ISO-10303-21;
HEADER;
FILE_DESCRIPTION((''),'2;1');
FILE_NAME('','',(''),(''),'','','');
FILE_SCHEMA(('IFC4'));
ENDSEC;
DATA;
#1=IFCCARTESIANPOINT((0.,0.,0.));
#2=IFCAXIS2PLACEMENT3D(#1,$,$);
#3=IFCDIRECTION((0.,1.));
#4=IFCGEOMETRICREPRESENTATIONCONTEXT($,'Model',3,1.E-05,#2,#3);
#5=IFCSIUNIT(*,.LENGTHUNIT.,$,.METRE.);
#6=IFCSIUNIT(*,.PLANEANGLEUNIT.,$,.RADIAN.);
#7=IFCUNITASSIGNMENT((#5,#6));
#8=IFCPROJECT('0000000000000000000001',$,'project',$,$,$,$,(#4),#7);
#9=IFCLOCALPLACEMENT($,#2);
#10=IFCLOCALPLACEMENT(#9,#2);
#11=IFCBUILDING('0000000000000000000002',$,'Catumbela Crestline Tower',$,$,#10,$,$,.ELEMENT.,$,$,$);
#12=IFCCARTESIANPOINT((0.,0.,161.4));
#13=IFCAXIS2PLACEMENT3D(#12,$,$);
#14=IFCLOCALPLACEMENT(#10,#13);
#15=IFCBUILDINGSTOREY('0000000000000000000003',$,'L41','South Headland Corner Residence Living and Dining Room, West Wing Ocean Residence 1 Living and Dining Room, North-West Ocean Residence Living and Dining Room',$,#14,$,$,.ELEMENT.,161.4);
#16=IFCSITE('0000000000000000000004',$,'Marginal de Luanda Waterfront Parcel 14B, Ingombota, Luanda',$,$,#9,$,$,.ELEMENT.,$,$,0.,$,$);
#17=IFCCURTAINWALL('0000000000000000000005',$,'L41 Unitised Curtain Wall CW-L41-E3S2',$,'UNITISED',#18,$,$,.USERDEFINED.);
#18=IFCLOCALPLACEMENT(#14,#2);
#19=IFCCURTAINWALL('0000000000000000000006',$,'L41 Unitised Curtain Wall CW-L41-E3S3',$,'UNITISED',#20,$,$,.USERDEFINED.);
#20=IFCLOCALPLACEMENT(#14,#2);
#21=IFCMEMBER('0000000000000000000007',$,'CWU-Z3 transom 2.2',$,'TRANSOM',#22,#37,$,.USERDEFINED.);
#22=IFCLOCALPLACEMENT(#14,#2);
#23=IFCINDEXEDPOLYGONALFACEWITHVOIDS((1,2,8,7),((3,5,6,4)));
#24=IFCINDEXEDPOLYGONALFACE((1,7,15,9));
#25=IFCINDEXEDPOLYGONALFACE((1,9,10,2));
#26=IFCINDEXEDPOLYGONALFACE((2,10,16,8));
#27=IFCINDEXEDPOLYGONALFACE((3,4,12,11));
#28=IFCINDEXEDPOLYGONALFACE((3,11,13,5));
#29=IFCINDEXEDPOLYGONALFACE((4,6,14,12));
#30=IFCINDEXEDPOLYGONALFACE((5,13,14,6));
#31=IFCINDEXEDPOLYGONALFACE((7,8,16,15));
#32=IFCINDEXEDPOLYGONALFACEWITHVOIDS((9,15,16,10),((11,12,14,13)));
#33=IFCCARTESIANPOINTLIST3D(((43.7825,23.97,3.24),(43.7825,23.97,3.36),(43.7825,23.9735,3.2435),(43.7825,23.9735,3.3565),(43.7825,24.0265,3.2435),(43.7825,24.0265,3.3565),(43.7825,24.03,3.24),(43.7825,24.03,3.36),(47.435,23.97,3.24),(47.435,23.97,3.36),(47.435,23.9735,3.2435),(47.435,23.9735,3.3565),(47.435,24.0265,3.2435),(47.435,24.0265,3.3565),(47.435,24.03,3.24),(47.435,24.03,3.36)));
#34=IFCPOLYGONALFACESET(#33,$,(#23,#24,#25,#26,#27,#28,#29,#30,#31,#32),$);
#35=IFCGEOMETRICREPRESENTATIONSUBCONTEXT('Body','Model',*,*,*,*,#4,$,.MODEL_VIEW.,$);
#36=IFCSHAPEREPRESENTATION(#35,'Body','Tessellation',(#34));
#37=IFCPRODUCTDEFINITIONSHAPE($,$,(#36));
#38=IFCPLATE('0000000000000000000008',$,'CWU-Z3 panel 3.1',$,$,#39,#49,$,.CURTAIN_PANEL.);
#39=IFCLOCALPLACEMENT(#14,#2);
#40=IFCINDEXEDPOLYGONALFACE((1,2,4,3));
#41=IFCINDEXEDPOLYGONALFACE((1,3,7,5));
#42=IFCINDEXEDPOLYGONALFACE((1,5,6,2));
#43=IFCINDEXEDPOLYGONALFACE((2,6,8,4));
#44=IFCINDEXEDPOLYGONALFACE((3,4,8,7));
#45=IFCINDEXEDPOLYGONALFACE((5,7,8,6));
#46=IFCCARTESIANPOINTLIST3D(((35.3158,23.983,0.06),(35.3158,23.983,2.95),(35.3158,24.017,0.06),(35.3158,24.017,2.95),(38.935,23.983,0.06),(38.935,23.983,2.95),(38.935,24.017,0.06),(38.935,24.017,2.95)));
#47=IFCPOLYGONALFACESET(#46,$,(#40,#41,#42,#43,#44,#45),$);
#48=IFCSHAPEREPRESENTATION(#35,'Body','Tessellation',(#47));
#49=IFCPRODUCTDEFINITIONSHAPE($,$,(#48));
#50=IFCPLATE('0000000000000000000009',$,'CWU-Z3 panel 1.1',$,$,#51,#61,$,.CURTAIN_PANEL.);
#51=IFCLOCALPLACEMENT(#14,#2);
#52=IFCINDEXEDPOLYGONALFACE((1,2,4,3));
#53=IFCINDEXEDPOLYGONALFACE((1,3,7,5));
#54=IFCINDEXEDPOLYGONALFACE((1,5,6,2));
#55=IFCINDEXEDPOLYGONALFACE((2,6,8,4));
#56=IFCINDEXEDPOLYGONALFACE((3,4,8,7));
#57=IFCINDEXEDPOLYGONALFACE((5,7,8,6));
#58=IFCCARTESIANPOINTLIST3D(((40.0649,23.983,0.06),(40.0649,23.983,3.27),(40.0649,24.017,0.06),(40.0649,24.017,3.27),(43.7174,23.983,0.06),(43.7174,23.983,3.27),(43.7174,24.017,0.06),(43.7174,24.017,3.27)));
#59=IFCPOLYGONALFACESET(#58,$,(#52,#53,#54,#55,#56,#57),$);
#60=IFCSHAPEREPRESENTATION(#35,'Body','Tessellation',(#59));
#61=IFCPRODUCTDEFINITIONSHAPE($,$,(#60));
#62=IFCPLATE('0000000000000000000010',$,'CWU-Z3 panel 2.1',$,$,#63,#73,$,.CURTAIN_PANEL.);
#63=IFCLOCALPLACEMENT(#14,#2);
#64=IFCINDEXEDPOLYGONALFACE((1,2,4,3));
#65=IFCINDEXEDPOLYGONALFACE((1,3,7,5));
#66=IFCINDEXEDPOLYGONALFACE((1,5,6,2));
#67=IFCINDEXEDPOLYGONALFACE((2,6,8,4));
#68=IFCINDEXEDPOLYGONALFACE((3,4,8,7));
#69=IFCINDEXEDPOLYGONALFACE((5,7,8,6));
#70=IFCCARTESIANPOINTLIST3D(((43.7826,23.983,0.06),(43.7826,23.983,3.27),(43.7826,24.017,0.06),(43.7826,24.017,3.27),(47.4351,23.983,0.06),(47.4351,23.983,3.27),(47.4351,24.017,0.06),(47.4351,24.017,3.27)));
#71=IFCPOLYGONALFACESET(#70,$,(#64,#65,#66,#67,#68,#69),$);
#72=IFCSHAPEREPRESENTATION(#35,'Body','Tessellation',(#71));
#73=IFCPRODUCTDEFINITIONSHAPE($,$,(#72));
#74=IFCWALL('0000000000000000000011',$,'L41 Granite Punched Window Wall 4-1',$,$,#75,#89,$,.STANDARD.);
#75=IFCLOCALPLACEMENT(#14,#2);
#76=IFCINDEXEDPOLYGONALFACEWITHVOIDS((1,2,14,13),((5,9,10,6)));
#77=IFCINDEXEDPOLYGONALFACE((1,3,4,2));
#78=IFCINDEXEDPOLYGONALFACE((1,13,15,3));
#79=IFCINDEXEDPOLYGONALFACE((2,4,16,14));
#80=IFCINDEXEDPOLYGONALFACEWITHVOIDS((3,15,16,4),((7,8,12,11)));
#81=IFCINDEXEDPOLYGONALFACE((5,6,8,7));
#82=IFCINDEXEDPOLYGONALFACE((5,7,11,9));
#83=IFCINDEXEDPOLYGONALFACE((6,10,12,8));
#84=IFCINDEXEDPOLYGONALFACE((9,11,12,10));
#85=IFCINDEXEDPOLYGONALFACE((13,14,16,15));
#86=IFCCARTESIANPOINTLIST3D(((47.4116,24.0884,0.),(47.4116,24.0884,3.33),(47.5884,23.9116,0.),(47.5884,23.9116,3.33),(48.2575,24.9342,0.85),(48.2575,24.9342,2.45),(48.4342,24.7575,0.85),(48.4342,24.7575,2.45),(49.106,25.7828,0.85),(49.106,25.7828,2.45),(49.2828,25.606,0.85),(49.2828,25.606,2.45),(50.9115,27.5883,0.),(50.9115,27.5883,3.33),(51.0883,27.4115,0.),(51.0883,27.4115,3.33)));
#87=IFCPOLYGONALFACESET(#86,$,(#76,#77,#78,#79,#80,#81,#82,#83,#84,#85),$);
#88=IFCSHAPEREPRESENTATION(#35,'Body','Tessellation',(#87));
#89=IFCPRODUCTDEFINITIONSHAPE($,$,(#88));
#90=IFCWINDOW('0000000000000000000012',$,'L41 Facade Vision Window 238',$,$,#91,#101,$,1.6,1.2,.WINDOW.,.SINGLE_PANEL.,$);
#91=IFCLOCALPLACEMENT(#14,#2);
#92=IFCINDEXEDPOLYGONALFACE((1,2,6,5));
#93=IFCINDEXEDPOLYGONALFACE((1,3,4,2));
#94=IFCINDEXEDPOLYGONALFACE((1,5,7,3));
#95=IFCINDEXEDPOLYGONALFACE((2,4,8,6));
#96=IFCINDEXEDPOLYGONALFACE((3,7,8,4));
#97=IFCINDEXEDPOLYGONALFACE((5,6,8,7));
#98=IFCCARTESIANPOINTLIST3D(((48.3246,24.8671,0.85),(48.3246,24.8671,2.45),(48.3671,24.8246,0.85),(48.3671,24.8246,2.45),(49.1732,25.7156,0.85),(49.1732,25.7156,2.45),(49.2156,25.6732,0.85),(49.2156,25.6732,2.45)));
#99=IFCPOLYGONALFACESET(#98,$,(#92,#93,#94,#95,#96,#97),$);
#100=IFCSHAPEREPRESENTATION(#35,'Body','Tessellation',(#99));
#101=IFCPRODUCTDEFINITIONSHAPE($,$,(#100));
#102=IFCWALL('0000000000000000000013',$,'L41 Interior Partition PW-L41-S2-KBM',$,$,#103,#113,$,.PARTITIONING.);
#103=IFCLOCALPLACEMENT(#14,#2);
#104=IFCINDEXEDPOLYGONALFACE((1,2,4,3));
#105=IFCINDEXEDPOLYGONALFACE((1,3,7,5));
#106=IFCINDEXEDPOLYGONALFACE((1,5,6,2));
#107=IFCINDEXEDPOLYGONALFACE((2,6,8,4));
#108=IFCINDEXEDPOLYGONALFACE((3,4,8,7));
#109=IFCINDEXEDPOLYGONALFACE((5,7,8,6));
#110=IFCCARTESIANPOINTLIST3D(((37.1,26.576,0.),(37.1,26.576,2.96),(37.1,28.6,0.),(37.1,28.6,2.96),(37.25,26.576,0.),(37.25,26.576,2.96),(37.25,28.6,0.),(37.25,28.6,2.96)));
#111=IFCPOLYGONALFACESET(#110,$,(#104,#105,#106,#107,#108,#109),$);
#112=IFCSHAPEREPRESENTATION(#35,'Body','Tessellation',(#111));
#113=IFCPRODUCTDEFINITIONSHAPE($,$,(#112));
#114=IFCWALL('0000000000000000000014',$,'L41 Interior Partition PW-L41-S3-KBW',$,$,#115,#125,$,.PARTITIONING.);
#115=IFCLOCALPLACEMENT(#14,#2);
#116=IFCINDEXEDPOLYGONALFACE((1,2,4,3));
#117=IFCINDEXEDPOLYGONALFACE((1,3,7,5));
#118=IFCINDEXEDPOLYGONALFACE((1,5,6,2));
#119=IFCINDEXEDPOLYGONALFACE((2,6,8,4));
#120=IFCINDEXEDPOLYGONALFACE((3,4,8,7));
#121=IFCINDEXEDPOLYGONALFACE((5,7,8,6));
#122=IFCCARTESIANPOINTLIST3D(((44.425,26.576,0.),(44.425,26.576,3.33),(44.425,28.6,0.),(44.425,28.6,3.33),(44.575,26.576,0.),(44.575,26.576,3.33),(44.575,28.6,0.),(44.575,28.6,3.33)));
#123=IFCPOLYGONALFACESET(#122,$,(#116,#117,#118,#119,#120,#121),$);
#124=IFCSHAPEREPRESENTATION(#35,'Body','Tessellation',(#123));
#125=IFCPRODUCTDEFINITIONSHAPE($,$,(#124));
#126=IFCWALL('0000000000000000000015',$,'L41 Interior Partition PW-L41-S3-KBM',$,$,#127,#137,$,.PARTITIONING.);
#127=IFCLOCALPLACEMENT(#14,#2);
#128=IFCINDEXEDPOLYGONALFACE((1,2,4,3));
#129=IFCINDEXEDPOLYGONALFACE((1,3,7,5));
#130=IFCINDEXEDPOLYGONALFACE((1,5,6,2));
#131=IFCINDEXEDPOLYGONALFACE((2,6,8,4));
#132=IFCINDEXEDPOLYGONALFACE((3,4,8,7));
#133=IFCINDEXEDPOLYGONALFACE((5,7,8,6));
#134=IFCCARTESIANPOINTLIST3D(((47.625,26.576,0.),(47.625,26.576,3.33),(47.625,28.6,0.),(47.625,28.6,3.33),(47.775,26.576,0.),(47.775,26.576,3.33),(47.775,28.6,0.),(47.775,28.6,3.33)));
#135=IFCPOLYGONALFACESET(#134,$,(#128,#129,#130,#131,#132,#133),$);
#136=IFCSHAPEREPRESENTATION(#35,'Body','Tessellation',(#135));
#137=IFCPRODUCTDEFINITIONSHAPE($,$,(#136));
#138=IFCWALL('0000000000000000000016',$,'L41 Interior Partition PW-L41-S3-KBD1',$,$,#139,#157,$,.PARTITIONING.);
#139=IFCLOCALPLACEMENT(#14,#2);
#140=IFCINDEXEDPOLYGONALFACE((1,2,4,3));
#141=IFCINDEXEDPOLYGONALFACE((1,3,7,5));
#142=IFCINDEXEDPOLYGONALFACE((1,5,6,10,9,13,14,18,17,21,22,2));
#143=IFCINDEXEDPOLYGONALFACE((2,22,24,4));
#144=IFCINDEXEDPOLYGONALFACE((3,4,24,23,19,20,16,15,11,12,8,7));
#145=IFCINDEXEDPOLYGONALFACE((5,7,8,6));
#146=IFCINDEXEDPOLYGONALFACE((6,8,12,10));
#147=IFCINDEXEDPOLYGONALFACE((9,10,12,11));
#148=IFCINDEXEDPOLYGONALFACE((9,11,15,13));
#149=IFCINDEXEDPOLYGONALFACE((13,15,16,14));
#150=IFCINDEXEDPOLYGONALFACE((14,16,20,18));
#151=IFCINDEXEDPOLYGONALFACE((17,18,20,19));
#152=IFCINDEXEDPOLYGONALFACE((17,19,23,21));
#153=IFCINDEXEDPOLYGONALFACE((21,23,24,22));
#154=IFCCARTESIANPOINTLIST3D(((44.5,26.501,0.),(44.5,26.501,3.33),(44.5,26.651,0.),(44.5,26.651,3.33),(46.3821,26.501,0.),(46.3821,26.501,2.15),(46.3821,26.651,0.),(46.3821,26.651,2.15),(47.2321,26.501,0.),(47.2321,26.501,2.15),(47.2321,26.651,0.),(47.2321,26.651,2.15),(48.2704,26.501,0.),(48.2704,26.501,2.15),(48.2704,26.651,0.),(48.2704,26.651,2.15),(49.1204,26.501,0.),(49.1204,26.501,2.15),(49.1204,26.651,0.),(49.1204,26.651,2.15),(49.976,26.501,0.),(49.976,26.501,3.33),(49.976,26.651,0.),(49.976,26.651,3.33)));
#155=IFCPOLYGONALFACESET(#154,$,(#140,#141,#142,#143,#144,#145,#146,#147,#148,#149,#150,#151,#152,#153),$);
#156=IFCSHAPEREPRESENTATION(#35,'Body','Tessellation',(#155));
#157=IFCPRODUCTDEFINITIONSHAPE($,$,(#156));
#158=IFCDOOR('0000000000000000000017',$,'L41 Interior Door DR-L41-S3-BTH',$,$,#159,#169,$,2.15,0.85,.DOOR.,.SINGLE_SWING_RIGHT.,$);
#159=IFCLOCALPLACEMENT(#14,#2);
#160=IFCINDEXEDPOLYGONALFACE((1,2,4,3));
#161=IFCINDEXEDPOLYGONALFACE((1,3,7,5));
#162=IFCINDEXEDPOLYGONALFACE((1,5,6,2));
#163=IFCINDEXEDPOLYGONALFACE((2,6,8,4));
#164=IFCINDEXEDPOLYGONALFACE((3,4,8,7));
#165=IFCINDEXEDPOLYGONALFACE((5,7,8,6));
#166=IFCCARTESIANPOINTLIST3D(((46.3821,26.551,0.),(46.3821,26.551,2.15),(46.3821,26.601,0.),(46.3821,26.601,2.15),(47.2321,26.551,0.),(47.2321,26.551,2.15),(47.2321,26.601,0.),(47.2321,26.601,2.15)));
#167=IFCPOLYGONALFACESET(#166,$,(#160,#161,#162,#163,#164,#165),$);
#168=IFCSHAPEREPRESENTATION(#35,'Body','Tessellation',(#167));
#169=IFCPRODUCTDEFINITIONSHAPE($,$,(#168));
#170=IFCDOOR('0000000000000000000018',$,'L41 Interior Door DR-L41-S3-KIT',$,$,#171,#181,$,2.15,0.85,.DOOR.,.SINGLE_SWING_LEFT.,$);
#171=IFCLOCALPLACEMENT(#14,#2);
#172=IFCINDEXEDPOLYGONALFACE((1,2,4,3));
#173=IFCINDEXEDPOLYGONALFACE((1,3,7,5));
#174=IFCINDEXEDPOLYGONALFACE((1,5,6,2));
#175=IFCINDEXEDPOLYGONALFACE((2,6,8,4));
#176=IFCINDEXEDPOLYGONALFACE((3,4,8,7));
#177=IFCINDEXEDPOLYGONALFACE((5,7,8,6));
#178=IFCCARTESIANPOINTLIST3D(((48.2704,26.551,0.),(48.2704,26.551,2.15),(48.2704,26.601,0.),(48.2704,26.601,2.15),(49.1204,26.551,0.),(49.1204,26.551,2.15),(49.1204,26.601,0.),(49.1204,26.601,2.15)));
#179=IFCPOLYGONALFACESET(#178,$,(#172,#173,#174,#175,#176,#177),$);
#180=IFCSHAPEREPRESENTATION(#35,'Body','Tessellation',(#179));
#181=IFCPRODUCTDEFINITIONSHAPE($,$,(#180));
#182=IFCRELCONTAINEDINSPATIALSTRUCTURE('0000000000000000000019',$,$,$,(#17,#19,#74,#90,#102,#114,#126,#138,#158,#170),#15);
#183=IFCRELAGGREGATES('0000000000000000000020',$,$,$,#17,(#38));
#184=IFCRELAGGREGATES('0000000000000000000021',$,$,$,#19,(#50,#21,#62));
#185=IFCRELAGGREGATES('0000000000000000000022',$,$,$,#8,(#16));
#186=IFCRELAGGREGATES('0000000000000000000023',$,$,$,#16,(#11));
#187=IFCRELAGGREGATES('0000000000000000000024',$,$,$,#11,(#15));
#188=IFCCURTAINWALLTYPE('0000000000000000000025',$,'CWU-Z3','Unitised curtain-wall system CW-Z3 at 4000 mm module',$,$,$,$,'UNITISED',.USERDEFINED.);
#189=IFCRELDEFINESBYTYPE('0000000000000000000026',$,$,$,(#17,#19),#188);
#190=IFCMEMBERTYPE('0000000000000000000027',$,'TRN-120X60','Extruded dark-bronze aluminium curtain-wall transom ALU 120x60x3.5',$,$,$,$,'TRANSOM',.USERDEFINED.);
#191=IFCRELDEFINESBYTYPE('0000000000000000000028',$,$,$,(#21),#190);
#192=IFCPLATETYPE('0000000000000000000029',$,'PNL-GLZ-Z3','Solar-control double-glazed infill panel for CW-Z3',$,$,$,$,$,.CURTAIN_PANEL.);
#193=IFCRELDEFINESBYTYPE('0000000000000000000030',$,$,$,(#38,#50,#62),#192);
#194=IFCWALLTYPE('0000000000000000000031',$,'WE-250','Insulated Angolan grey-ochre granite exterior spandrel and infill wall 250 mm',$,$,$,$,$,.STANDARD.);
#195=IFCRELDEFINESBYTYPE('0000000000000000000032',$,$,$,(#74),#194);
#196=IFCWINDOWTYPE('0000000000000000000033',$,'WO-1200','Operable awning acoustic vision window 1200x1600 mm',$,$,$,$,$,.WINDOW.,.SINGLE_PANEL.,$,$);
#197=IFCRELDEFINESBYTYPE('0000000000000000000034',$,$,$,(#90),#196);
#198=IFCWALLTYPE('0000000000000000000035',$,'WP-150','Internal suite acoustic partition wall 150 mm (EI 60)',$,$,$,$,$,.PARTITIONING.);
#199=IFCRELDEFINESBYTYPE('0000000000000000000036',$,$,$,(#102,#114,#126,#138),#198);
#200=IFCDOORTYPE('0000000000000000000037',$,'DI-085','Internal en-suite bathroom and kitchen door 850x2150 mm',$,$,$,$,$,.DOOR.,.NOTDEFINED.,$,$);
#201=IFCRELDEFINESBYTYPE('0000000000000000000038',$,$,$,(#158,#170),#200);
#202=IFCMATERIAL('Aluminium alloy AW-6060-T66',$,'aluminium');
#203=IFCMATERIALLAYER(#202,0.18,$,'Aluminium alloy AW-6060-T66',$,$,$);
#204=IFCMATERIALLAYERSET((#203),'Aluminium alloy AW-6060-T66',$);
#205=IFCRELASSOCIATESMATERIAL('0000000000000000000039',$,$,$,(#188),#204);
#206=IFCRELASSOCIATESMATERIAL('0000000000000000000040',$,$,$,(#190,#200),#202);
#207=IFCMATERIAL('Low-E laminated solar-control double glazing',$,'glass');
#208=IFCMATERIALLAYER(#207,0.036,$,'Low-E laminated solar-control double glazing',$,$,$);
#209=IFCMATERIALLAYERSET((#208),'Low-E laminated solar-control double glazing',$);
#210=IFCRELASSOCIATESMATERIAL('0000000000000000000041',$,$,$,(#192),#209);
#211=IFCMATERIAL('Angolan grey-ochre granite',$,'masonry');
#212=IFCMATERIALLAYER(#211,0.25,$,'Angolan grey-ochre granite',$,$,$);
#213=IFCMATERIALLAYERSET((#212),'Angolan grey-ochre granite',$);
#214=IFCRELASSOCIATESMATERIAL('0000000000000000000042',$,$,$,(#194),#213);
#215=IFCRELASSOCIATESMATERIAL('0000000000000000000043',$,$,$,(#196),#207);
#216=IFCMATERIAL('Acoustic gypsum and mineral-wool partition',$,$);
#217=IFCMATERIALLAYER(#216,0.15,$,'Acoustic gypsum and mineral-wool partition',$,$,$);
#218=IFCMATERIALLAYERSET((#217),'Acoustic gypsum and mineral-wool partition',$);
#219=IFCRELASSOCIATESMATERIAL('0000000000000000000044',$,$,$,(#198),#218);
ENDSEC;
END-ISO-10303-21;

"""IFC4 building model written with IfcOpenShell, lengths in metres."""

from ifc_helpers import new_model, si_unit, direction, frame, frame_2d, origin, origin_2d, place, context, subcontext, project, spatial, rectangle, hollow_rectangle, extrude, material, layer, layer_set, material_profile, profile_set, type_object, element, fill, aggregate, save


model = new_model("IFC4")

# Units and contexts
model_context = context("Model", 3, precision=1e-05, world=origin(), true_north=direction((0.0, 1.0)))
body_context = subcontext(model_context, "Body", "Model", "MODEL_VIEW")
ifc_project = project(units=[si_unit("LENGTHUNIT", "METRE"), si_unit("PLANEANGLEUNIT", "RADIAN")], contexts=[model_context])

# Site, building, storey
site_placement = place(None, origin())
site = spatial("IfcSite", under=ifc_project, at=site_placement, Name="Marginal de Luanda Waterfront Parcel 14B, Ingombota, Luanda", CompositionType="ELEMENT", RefElevation=0.0)
building_placement = place(site_placement, origin())
building = spatial("IfcBuilding", under=site, at=building_placement, Name="Catumbela Crestline Tower", CompositionType="ELEMENT")
storey_placement = place(building_placement, frame((0.0, 0.0, 161.4)))
storey = spatial("IfcBuildingStorey", under=building, at=storey_placement, Name="L41", Description="South Headland Corner Residence Living and Dining Room, West Wing Ocean Residence 1 Living and Dining Room, North-West Ocean Residence Living and Dining Room", CompositionType="ELEMENT", Elevation=161.4)

# Curtain wall
ifc_material_1 = material(Name="Aluminium alloy AW-6060-T66", Category="aluminium")
ifc_layer_1 = layer(ifc_material_1, 0.18, Name="Aluminium alloy AW-6060-T66")
ifc_layer_set_1 = layer_set([ifc_layer_1], Name="Aluminium alloy AW-6060-T66")
curtain_wall_type = type_object("IfcCurtainWallType", Name="CWU-Z3", Description="Unitised curtain-wall system CW-Z3 at 4000 mm module", ElementType="UNITISED", PredefinedType="USERDEFINED", material=ifc_layer_set_1)
curtain_wall_1_placement = place(storey_placement, origin())
curtain_wall_1 = element("IfcCurtainWall", 1, at=curtain_wall_1_placement, inside=storey, type_object=curtain_wall_type, Name="L41 Unitised Curtain Wall CW-L41-E3S2", ObjectType="UNITISED", PredefinedType="USERDEFINED")

# Curtain wall, member
curtain_wall_2_placement = place(storey_placement, origin())
curtain_wall_2 = element("IfcCurtainWall", 2, at=curtain_wall_2_placement, inside=storey, type_object=curtain_wall_type, Name="L41 Unitised Curtain Wall CW-L41-E3S3", ObjectType="UNITISED", PredefinedType="USERDEFINED")
ifc_material_profile_1 = material_profile(ifc_material_1, hollow_rectangle(XDim=0.06, YDim=0.12, WallThickness=0.0035, at=origin_2d()), Name="ALU 120x60x3.5")
ifc_profile_set_1 = profile_set([ifc_material_profile_1], Name="Aluminium alloy AW-6060-T66")
member_type_1 = type_object("IfcMemberType", Name="TRN-120X60", Description="Extruded dark-bronze aluminium curtain-wall transom ALU 120x60x3.5", ElementType="TRANSOM", PredefinedType="USERDEFINED", material=ifc_profile_set_1)
member_1_placement = place(storey_placement, frame((43.7825, 24.0, 3.3), z_axis=(1.0, 0.0, 0.0), x_axis=(0.0, 1.0, 0.0)))
member_1 = element("IfcMember", 3, at=member_1_placement, type_object=member_type_1, Name="CWU-Z3 transom 2.2", ObjectType="TRANSOM", PredefinedType="USERDEFINED", context=body_context, shape_type="SweptSolid", body=[
    extrude(hollow_rectangle(XDim=0.06, YDim=0.12, WallThickness=0.0035, at=origin_2d()), origin(), (0.0, 0.0, 1.0), 3.6525),
])

# Plates
ifc_material_2 = material(Name="Low-E laminated solar-control double glazing", Category="glass")
ifc_layer_2 = layer(ifc_material_2, 0.036, Name="Low-E laminated solar-control double glazing")
ifc_layer_set_2 = layer_set([ifc_layer_2], Name="Low-E laminated solar-control double glazing")
plate_type = type_object("IfcPlateType", Name="PNL-GLZ-Z3", Description="Solar-control double-glazed infill panel for CW-Z3", PredefinedType="CURTAIN_PANEL", material=ifc_layer_set_2)
plate_1_placement = place(storey_placement, frame((37.1254, 24.0, 0.06), z_axis=(0.0, 0.0, 1.0), x_axis=(1.0, 0.0, 0.0)))
plate_1 = element("IfcPlate", 4, at=plate_1_placement, type_object=plate_type, Name="CWU-Z3 panel 3.1", PredefinedType="CURTAIN_PANEL", context=body_context, shape_type="SweptSolid", body=[
    extrude(rectangle(XDim=3.6192, YDim=0.034, at=origin_2d()), origin(), (0.0, 0.0, 1.0), 2.89),
])
aggregate(curtain_wall_1, [plate_1])
plate_2_placement = place(storey_placement, frame((41.8912, 24.0, 0.06), z_axis=(0.0, 0.0, 1.0), x_axis=(1.0, 0.0, 0.0)))
plate_2 = element("IfcPlate", 5, at=plate_2_placement, type_object=plate_type, Name="CWU-Z3 panel 1.1", PredefinedType="CURTAIN_PANEL", context=body_context, shape_type="SweptSolid", body=[
    extrude(rectangle(XDim=3.6525, YDim=0.034, at=origin_2d()), origin(), (0.0, 0.0, 1.0), 3.21),
])
plate_3_placement = place(storey_placement, frame((45.6088, 24.0, 0.06), z_axis=(0.0, 0.0, 1.0), x_axis=(1.0, 0.0, 0.0)))
plate_3 = element("IfcPlate", 6, at=plate_3_placement, type_object=plate_type, Name="CWU-Z3 panel 2.1", PredefinedType="CURTAIN_PANEL", context=body_context, shape_type="SweptSolid", body=[
    extrude(rectangle(XDim=3.6525, YDim=0.034, at=origin_2d()), origin(), (0.0, 0.0, 1.0), 3.21),
])
aggregate(curtain_wall_2, [plate_2, member_1, plate_3])

# Wall, opening, window
ifc_material_3 = material(Name="Angolan grey-ochre granite", Category="masonry")
ifc_layer_3 = layer(ifc_material_3, 0.25, Name="Angolan grey-ochre granite")
ifc_layer_set_3 = layer_set([ifc_layer_3], Name="Angolan grey-ochre granite")
wall_type_1 = type_object("IfcWallType", Name="WE-250", Description="Insulated Angolan grey-ochre granite exterior spandrel and infill wall 250 mm", PredefinedType="STANDARD", material=ifc_layer_set_3)
wall_1_placement = place(storey_placement, frame((47.5, 24.0, 0.0), z_axis=(0.0, 0.0, 1.0), x_axis=(0.707107, 0.707107, 0.0)))
wall_1 = element("IfcWall", 7, at=wall_1_placement, inside=storey, type_object=wall_type_1, Name="L41 Granite Punched Window Wall 4-1", PredefinedType="STANDARD", context=body_context, shape_type="SweptSolid", body=[
    extrude(rectangle(XDim=4.9497, YDim=0.25, at=frame_2d((2.4748, 0.0))), origin(), (0.0, 0.0, 1.0), 3.33),
])
opening_1_placement = place(wall_1_placement, frame((1.1962, 0.0, 0.85)))
opening_1 = element("IfcOpeningElement", 8, at=opening_1_placement, cuts=wall_1, PredefinedType="OPENING", context=body_context, shape_type="SweptSolid", body=[
    extrude(rectangle(XDim=1.2, YDim=1.6, at=frame_2d((0.6, 0.8))), frame((0.0, 0.135, 0.0), z_axis=(0.0, -1.0, 0.0), x_axis=(1.0, 0.0, 0.0)), (0.0, 0.0, 1.0), 0.27),
])
window_type = type_object("IfcWindowType", Name="WO-1200", Description="Operable awning acoustic vision window 1200x1600 mm", PartitioningType="SINGLE_PANEL", PredefinedType="WINDOW", material=ifc_material_2)
window_placement = place(opening_1_placement, origin())
window = element("IfcWindow", 9, at=window_placement, inside=storey, type_object=window_type, Name="L41 Facade Vision Window 238", OverallHeight=1.6, OverallWidth=1.2, PartitioningType="SINGLE_PANEL", PredefinedType="WINDOW", context=body_context, shape_type="SweptSolid", body=[
    extrude(rectangle(XDim=1.2, YDim=1.6, at=frame_2d((0.6, 0.8))), frame((0.0, 0.03, 0.0), z_axis=(0.0, -1.0, 0.0), x_axis=(1.0, 0.0, 0.0)), (0.0, 0.0, 1.0), 0.06),
])
fill(opening_1, window)

# Walls
ifc_material_4 = material(Name="Acoustic gypsum and mineral-wool partition")
ifc_layer_4 = layer(ifc_material_4, 0.15, Name="Acoustic gypsum and mineral-wool partition")
ifc_layer_set_4 = layer_set([ifc_layer_4], Name="Acoustic gypsum and mineral-wool partition")
wall_type_2 = type_object("IfcWallType", Name="WP-150", Description="Internal suite acoustic partition wall 150 mm (EI 60)", PredefinedType="PARTITIONING", material=ifc_layer_set_4)
wall_2_placement = place(storey_placement, frame((37.175, 26.576, 0.0), z_axis=(0.0, 0.0, 1.0), x_axis=(0.0, 1.0, 0.0)))
element("IfcWall", 10, at=wall_2_placement, inside=storey, type_object=wall_type_2, Name="L41 Interior Partition PW-L41-S2-KBM", PredefinedType="PARTITIONING", context=body_context, shape_type="SweptSolid", body=[
    extrude(rectangle(XDim=2.024, YDim=0.15, at=frame_2d((1.012, 0.0))), origin(), (0.0, 0.0, 1.0), 2.96),
])
for number, where, z_axis, x_axis, name in (
    (11, (44.5, 26.576, 0.0), (0.0, 0.0, 1.0), (0.0, 1.0, 0.0), "L41 Interior Partition PW-L41-S3-KBW"),
    (12, (47.7, 26.576, 0.0), (0.0, 0.0, 1.0), (0.0, 1.0, 0.0), "L41 Interior Partition PW-L41-S3-KBM"),
):
    element("IfcWall", number, at=place(storey_placement, frame(where, z_axis=z_axis, x_axis=x_axis)), inside=storey, type_object=wall_type_2, Name=name, PredefinedType="PARTITIONING", context=body_context, shape_type="SweptSolid", body=[
        extrude(rectangle(XDim=2.024, YDim=0.15, at=frame_2d((1.012, 0.0))), origin(), (0.0, 0.0, 1.0), 3.33),
    ])

# Wall, openings, doors
wall_3_placement = place(storey_placement, frame((44.5, 26.576, 0.0), z_axis=(0.0, 0.0, 1.0), x_axis=(1.0, 0.0, 0.0)))
wall_3 = element("IfcWall", 13, at=wall_3_placement, inside=storey, type_object=wall_type_2, Name="L41 Interior Partition PW-L41-S3-KBD1", PredefinedType="PARTITIONING", context=body_context, shape_type="SweptSolid", body=[
    extrude(rectangle(XDim=5.476, YDim=0.15, at=frame_2d((2.738, 0.0))), origin(), (0.0, 0.0, 1.0), 3.33),
])
opening_2_placement = place(wall_3_placement, frame((1.8821, 0.0, 0.0)))
opening_2 = element("IfcOpeningElement", 14, at=opening_2_placement, cuts=wall_3, PredefinedType="OPENING", context=body_context, shape_type="SweptSolid", body=[
    extrude(rectangle(XDim=0.85, YDim=2.15, at=frame_2d((0.425, 1.075))), frame((0.0, 0.085, 0.0), z_axis=(0.0, -1.0, 0.0), x_axis=(1.0, 0.0, 0.0)), (0.0, 0.0, 1.0), 0.17),
])
opening_3_placement = place(wall_3_placement, frame((3.7704, 0.0, 0.0)))
opening_3 = element("IfcOpeningElement", 15, at=opening_3_placement, cuts=wall_3, PredefinedType="OPENING", context=body_context, shape_type="SweptSolid", body=[
    extrude(rectangle(XDim=0.85, YDim=2.15, at=frame_2d((0.425, 1.075))), frame((0.0, 0.085, 0.0), z_axis=(0.0, -1.0, 0.0), x_axis=(1.0, 0.0, 0.0)), (0.0, 0.0, 1.0), 0.17),
])
door_type = type_object("IfcDoorType", Name="DI-085", Description="Internal en-suite bathroom and kitchen door 850x2150 mm", OperationType="NOTDEFINED", PredefinedType="DOOR", material=ifc_material_1)
door_1_placement = place(opening_2_placement, origin())
door_1 = element("IfcDoor", 16, at=door_1_placement, inside=storey, type_object=door_type, Name="L41 Interior Door DR-L41-S3-BTH", OperationType="SINGLE_SWING_RIGHT", OverallHeight=2.15, OverallWidth=0.85, PredefinedType="DOOR", context=body_context, shape_type="SweptSolid", body=[
    extrude(rectangle(XDim=0.85, YDim=2.15, at=frame_2d((0.425, 1.075))), frame((0.0, 0.025, 0.0), z_axis=(0.0, -1.0, 0.0), x_axis=(1.0, 0.0, 0.0)), (0.0, 0.0, 1.0), 0.05),
])
fill(opening_2, door_1)
door_2_placement = place(opening_3_placement, origin())
door_2 = element("IfcDoor", 17, at=door_2_placement, inside=storey, type_object=door_type, Name="L41 Interior Door DR-L41-S3-KIT", OperationType="SINGLE_SWING_LEFT", OverallHeight=2.15, OverallWidth=0.85, PredefinedType="DOOR", context=body_context, shape_type="SweptSolid", body=[
    extrude(rectangle(XDim=0.85, YDim=2.15, at=frame_2d((0.425, 1.075))), frame((0.0, 0.025, 0.0), z_axis=(0.0, -1.0, 0.0), x_axis=(1.0, 0.0, 0.0)), (0.0, 0.0, 1.0), 0.05),
])
fill(opening_3, door_2)

save(model, "model.ifc")
